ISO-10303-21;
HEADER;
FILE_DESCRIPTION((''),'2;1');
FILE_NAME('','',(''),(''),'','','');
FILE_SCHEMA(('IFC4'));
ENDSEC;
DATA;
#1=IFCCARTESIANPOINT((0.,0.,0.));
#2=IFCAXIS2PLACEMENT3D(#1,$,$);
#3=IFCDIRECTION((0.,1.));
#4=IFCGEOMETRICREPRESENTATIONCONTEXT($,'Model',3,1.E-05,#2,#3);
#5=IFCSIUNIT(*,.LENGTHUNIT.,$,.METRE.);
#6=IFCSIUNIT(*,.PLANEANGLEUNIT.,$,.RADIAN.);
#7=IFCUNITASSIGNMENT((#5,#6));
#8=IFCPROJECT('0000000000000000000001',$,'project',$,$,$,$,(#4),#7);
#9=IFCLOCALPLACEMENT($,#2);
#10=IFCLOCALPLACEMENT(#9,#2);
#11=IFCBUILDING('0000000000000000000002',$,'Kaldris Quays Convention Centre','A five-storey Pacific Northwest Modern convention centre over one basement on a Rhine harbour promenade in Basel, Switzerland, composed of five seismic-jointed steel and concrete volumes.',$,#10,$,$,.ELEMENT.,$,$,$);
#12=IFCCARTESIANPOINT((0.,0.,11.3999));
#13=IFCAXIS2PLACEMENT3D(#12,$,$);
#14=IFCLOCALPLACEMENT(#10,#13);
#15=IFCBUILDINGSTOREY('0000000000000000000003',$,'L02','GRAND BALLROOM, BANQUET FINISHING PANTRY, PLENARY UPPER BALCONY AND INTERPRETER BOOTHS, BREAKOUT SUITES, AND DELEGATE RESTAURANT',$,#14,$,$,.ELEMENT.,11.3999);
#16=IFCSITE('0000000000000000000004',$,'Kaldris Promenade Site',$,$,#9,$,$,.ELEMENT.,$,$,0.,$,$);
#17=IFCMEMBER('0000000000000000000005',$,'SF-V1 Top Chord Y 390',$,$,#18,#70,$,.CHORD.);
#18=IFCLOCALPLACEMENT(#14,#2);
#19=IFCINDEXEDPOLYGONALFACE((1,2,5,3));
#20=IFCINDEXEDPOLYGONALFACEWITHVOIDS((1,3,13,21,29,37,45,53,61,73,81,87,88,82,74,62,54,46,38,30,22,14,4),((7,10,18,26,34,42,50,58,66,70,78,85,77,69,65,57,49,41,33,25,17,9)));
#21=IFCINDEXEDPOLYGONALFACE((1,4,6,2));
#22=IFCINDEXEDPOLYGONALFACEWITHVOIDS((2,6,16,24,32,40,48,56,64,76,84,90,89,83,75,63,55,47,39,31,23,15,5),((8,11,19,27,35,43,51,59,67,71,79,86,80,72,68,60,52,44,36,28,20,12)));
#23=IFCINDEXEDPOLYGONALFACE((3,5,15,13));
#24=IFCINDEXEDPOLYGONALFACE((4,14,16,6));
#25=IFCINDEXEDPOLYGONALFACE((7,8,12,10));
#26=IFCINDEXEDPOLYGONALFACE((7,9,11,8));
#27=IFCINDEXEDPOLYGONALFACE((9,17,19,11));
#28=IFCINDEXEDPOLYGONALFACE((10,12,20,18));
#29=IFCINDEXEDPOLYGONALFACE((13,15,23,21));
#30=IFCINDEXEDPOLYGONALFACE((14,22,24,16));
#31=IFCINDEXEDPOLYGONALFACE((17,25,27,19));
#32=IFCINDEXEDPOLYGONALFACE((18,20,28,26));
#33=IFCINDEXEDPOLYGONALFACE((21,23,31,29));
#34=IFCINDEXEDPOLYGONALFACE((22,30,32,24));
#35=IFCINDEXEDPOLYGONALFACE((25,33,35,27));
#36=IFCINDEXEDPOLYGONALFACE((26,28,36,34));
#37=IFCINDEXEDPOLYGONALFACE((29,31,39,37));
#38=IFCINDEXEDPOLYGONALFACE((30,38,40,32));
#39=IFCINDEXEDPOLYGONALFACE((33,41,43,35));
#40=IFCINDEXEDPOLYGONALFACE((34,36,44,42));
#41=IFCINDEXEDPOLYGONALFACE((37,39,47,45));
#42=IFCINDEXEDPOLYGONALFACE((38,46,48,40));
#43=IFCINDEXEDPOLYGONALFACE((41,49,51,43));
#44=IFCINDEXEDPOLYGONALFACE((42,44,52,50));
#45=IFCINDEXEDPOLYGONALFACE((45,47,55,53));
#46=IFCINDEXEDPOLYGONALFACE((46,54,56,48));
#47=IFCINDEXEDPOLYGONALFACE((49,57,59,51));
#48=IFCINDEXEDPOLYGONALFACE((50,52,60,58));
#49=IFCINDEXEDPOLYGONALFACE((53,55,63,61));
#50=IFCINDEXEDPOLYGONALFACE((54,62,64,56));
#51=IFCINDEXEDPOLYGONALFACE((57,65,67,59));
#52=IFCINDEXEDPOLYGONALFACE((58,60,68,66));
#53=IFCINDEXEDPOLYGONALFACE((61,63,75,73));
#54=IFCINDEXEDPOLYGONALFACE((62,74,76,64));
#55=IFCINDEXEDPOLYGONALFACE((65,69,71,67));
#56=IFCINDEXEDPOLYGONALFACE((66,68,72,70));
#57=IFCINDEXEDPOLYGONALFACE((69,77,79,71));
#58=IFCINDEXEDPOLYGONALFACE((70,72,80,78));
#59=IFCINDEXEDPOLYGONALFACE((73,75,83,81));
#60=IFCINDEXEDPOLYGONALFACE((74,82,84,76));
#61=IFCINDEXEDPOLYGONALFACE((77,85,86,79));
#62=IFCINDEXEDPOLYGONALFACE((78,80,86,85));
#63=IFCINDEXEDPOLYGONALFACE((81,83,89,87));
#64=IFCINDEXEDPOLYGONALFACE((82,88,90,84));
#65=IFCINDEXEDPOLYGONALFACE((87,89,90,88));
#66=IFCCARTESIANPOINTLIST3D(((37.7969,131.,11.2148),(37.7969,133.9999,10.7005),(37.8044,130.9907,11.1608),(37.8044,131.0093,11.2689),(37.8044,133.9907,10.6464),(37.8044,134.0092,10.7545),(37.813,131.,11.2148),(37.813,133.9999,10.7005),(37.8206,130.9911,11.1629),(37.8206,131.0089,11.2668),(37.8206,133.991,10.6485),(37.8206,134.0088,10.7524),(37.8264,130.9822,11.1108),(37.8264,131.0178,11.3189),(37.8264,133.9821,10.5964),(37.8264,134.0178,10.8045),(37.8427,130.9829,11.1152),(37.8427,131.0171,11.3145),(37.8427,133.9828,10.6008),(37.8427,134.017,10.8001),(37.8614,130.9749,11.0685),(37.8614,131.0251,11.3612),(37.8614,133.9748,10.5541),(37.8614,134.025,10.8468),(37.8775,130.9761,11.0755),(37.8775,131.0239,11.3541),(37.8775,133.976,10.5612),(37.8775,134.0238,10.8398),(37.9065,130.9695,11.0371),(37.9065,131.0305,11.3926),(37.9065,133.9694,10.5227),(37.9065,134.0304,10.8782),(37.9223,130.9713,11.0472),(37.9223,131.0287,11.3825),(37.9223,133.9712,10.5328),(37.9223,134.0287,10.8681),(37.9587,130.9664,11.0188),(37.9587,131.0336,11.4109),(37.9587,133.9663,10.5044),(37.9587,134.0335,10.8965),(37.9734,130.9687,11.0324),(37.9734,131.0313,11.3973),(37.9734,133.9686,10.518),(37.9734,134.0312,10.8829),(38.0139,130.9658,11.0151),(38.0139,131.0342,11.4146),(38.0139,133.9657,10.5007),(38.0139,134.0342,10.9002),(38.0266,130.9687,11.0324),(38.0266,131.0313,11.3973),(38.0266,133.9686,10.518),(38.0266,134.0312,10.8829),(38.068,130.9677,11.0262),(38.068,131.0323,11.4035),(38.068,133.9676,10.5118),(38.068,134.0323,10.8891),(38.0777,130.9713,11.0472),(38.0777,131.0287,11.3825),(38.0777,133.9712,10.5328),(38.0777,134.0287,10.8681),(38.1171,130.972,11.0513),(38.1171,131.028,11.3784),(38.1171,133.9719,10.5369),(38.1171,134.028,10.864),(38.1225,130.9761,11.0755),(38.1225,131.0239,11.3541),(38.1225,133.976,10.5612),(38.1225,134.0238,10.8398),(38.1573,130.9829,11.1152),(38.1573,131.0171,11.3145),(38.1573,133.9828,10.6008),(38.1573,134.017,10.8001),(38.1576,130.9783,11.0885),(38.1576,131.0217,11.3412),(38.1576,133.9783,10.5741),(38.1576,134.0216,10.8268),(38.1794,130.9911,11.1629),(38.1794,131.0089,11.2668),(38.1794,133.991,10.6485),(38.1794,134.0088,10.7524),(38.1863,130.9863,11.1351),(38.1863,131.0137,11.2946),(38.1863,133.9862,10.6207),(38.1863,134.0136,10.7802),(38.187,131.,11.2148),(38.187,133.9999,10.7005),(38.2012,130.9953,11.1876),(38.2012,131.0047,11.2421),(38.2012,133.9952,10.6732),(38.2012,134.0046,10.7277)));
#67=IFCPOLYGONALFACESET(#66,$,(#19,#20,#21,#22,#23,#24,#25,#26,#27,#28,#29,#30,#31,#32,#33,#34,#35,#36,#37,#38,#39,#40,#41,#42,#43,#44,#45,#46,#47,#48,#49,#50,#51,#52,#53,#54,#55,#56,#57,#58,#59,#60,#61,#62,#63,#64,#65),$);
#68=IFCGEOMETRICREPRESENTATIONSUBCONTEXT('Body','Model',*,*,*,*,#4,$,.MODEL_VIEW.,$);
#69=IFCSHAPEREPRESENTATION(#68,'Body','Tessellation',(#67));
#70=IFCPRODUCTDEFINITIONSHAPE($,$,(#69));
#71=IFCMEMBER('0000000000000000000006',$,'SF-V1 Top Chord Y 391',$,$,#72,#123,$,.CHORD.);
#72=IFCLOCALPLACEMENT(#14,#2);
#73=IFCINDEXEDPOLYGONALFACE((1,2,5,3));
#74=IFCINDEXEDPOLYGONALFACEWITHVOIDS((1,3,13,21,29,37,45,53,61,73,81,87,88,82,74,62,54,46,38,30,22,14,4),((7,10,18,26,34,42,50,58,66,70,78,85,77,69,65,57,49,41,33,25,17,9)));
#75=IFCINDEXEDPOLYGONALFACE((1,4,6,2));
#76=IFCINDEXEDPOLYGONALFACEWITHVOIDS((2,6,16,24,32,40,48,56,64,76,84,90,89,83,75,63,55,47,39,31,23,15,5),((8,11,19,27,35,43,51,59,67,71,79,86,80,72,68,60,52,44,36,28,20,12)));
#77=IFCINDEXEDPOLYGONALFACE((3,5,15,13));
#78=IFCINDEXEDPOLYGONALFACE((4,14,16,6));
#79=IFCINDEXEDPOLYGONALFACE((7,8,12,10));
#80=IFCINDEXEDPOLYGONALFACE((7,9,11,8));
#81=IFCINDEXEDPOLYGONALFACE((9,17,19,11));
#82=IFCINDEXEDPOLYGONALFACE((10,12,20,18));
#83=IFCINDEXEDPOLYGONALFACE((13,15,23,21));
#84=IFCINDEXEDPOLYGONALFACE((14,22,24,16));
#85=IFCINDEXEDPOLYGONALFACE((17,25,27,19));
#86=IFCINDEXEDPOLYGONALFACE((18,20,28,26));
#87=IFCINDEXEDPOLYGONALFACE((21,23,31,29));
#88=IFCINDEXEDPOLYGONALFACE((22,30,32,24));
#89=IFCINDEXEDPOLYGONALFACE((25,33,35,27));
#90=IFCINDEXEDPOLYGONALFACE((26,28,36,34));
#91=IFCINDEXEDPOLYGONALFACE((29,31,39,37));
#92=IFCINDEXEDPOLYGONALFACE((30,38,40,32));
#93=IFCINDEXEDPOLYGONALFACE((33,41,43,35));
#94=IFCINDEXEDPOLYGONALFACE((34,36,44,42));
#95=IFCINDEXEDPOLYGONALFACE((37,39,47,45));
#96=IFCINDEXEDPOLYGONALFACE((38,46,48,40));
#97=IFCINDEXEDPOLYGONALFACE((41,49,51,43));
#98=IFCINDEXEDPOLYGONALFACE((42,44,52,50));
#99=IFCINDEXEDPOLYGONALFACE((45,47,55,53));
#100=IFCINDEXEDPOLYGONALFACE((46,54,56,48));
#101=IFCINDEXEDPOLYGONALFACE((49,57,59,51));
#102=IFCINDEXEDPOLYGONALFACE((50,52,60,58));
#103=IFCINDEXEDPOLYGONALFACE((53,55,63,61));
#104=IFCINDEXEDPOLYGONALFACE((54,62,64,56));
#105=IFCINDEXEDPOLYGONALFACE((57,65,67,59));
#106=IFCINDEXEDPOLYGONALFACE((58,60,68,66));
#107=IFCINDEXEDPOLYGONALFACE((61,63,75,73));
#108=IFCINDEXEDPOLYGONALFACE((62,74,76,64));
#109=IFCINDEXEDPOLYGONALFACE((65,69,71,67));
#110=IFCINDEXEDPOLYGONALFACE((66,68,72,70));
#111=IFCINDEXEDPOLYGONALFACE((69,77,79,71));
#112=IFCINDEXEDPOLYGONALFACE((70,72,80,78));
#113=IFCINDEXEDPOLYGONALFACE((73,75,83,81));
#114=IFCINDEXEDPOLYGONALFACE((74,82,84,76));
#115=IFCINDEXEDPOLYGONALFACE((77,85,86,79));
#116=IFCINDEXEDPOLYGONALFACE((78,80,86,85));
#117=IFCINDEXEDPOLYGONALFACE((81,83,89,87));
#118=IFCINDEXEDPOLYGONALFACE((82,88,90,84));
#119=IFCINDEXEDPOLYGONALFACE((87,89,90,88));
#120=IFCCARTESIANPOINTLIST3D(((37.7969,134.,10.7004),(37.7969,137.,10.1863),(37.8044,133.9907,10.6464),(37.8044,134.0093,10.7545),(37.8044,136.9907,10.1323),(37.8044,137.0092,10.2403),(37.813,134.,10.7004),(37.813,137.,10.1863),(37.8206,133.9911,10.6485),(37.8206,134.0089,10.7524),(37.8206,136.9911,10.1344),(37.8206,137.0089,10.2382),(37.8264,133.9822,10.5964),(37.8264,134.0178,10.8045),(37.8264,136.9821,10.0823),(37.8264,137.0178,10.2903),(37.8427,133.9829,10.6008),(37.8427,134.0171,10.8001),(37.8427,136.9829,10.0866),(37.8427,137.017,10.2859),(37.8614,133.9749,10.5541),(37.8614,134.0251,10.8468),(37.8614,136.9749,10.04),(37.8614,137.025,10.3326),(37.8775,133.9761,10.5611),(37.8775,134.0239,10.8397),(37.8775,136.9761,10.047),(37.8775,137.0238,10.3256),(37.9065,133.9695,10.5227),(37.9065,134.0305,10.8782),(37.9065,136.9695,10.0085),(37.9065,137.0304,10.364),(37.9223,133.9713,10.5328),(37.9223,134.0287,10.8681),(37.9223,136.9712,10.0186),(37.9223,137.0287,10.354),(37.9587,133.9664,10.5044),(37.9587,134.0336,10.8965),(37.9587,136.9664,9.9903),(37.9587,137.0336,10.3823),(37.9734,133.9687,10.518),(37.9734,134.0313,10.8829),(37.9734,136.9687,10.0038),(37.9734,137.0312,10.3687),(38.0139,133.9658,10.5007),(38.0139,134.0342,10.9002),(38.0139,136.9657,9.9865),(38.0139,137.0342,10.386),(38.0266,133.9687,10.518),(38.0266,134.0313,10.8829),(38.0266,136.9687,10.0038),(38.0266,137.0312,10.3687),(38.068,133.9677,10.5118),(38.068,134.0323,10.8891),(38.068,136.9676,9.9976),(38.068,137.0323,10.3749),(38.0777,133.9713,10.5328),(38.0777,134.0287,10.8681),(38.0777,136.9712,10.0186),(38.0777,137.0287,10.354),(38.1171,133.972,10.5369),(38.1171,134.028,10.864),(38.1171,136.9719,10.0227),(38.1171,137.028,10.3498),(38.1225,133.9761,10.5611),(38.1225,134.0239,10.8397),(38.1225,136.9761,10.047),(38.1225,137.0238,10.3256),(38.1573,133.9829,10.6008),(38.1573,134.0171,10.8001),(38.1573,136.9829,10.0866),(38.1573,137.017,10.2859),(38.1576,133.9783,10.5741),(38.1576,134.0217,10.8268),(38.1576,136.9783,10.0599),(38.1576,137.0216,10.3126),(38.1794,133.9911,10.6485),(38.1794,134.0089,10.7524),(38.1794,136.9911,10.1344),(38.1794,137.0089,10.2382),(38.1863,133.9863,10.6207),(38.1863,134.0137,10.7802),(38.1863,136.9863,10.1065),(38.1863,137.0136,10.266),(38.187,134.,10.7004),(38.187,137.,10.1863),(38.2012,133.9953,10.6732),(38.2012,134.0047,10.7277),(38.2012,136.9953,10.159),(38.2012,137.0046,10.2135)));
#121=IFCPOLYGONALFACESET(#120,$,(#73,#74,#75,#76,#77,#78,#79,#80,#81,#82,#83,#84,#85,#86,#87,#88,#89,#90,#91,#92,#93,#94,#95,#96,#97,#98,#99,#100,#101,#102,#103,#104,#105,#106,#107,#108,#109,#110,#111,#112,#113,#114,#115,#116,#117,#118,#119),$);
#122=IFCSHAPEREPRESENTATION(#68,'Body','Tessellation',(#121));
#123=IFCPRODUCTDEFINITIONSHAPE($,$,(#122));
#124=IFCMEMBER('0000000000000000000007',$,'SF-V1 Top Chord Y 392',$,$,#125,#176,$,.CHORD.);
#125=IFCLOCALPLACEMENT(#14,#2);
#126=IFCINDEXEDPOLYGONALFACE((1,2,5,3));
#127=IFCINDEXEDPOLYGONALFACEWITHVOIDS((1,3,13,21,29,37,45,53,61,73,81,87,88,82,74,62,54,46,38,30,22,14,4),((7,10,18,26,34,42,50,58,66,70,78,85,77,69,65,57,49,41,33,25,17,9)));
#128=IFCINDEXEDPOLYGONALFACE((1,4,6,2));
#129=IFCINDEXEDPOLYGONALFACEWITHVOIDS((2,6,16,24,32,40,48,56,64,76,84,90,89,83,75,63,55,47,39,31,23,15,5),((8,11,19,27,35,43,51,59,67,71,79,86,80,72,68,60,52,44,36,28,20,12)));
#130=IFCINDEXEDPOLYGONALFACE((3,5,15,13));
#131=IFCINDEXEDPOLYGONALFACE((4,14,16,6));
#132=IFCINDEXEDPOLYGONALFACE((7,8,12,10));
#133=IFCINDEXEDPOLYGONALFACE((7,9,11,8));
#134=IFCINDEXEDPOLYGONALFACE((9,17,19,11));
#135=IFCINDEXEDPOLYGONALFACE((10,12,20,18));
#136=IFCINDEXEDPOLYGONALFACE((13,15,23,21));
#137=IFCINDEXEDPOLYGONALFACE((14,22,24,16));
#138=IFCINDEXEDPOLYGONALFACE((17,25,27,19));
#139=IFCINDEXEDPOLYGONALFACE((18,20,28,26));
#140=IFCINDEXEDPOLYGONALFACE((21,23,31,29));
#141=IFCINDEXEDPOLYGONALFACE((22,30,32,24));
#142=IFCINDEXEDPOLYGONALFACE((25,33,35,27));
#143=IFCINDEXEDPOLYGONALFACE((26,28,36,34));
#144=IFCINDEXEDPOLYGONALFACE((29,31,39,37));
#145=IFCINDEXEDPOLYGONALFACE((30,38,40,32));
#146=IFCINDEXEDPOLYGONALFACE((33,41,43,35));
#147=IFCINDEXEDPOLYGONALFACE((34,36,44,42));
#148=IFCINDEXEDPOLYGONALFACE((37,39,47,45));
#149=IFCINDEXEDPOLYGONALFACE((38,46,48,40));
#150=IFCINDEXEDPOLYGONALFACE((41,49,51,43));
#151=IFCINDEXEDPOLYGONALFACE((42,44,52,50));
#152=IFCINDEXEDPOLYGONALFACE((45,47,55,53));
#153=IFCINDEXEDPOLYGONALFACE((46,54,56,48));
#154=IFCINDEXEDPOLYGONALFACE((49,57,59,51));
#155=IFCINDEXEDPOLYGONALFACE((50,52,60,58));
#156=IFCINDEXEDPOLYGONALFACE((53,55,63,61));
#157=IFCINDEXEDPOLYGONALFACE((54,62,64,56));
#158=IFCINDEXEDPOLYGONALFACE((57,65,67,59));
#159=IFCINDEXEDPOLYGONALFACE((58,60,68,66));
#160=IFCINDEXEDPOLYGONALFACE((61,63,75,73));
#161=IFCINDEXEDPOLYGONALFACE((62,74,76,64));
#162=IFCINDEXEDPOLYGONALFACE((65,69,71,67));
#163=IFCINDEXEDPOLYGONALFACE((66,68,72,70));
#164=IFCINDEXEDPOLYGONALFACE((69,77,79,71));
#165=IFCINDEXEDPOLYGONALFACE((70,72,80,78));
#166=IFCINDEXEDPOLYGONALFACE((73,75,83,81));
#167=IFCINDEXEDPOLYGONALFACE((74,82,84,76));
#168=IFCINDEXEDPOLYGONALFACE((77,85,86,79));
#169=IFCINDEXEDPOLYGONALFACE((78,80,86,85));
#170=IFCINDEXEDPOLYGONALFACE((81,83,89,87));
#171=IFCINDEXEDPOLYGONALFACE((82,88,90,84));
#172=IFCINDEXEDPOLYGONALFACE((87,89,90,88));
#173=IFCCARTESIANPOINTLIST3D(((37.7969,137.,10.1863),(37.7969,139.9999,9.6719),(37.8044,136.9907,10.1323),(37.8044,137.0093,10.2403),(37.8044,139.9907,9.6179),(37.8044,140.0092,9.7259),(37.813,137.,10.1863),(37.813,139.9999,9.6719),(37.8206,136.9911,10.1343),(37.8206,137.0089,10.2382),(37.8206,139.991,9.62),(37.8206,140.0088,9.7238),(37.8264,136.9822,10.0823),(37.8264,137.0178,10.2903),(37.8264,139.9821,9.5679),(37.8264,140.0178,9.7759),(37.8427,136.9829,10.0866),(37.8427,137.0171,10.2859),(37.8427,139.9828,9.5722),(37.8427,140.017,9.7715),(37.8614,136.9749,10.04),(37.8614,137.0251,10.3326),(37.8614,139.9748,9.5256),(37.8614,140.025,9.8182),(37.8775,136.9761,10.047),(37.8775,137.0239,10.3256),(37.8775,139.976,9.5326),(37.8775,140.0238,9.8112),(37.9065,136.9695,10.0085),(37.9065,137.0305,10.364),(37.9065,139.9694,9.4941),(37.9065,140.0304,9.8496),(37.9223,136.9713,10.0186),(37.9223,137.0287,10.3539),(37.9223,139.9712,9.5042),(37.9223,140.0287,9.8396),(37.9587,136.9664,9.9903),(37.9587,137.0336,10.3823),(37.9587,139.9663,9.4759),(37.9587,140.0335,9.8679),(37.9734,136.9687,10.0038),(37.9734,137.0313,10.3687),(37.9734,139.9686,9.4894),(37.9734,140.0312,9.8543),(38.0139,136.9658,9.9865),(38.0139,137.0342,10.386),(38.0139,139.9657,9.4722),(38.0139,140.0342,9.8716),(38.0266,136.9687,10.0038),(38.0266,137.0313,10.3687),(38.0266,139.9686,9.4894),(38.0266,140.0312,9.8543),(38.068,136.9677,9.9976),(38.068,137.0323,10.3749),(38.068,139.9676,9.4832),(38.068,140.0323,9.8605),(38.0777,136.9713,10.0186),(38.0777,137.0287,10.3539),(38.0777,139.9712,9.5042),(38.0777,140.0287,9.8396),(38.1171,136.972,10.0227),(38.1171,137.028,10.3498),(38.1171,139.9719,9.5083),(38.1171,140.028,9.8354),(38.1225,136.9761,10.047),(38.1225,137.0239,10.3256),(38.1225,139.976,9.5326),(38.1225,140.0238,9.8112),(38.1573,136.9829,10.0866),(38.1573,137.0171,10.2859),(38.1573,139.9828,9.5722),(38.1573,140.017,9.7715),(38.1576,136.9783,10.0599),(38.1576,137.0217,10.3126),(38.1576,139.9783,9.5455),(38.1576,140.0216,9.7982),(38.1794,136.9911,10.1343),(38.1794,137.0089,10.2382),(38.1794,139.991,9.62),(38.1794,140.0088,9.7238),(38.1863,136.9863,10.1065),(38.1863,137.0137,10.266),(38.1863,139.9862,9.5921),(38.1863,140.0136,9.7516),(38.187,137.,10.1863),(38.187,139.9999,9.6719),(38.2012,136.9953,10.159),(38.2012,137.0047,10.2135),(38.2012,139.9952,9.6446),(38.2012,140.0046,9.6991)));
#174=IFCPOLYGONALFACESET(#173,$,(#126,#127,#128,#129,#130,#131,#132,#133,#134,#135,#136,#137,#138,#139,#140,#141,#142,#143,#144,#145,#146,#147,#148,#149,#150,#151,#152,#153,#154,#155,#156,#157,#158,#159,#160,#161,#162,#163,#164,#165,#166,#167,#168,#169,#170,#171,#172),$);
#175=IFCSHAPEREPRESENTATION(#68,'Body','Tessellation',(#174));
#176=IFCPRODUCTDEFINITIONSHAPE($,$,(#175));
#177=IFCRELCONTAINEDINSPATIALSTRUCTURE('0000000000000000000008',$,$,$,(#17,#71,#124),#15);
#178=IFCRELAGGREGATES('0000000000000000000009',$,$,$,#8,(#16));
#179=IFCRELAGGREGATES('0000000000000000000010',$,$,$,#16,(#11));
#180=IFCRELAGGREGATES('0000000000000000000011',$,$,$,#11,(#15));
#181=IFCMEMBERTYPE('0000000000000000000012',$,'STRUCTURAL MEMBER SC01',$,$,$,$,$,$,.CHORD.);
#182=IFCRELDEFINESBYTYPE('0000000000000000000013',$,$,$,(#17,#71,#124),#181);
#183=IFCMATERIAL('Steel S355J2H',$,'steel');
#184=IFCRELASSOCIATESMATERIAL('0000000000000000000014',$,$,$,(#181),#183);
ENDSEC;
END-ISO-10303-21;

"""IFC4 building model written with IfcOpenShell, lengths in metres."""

from ifc_helpers import new_model, si_unit, direction, frame, origin, origin_2d, place, context, subcontext, project, spatial, hollow_circle, extrude, material, material_profile, profile_set, type_object, element, save


model = new_model("IFC4")

# Units and contexts
model_context = context("Model", 3, precision=1e-05, world=origin(), true_north=direction((0.0, 1.0)))
body_context = subcontext(model_context, "Body", "Model", "MODEL_VIEW")
ifc_project = project(units=[si_unit("LENGTHUNIT", "METRE"), si_unit("PLANEANGLEUNIT", "RADIAN")], contexts=[model_context])

# Site, building, storey
site_placement = place(None, origin())
site = spatial("IfcSite", under=ifc_project, at=site_placement, Name="Kaldris Promenade Site", CompositionType="ELEMENT", RefElevation=0.0)
building_placement = place(site_placement, origin())
building = spatial("IfcBuilding", under=site, at=building_placement, Name="Kaldris Quays Convention Centre", Description="A five-storey Pacific Northwest Modern convention centre over one basement on a Rhine harbour promenade in Basel, Switzerland, composed of five seismic-jointed steel and concrete volumes.", CompositionType="ELEMENT")
storey_placement = place(building_placement, frame((0.0, 0.0, 11.3999)))
storey = spatial("IfcBuildingStorey", under=building, at=storey_placement, Name="L02", Description="GRAND BALLROOM, BANQUET FINISHING PANTRY, PLENARY UPPER BALCONY AND INTERPRETER BOOTHS, BREAKOUT SUITES, AND DELEGATE RESTAURANT", CompositionType="ELEMENT", Elevation=11.3999)

# Members
ifc_material = material(Name="Steel S355J2H", Category="steel")
ifc_material_profile_1 = material_profile(ifc_material, hollow_circle(Radius=0.2031, WallThickness=0.0161, at=origin_2d()), Name="CHS 406.4x16")
ifc_profile_set_1 = profile_set([ifc_material_profile_1], Name="Steel S355J2H")
member_type_1 = type_object("IfcMemberType", Name="STRUCTURAL MEMBER SC01", PredefinedType="CHORD", material=ifc_profile_set_1)
for number, where, z_axis, x_axis, name in (
    (1, (38.0, 131.0, 11.2148), (0.0, 0.985616, -0.169002), (-1.0, 0.0, 0.0), "SF-V1 Top Chord Y 390"),
    (2, (38.0, 134.0, 10.7004), (0.0, 0.985629, -0.168924), (-1.0, 0.0, 0.0), "SF-V1 Top Chord Y 391"),
    (3, (38.0, 137.0, 10.1863), (0.0, 0.985616, -0.169002), (-1.0, 0.0, 0.0), "SF-V1 Top Chord Y 392"),
):
    element("IfcMember", number, at=place(storey_placement, frame(where, z_axis=z_axis, x_axis=x_axis)), inside=storey, type_object=member_type_1, Name=name, PredefinedType="CHORD", context=body_context, shape_type="SweptSolid", body=[
        extrude(hollow_circle(Radius=0.2031, WallThickness=0.0161, at=origin_2d()), origin(), (0.0, 0.0, 1.0), 3.0437),
    ])

save(model, "model.ifc")
